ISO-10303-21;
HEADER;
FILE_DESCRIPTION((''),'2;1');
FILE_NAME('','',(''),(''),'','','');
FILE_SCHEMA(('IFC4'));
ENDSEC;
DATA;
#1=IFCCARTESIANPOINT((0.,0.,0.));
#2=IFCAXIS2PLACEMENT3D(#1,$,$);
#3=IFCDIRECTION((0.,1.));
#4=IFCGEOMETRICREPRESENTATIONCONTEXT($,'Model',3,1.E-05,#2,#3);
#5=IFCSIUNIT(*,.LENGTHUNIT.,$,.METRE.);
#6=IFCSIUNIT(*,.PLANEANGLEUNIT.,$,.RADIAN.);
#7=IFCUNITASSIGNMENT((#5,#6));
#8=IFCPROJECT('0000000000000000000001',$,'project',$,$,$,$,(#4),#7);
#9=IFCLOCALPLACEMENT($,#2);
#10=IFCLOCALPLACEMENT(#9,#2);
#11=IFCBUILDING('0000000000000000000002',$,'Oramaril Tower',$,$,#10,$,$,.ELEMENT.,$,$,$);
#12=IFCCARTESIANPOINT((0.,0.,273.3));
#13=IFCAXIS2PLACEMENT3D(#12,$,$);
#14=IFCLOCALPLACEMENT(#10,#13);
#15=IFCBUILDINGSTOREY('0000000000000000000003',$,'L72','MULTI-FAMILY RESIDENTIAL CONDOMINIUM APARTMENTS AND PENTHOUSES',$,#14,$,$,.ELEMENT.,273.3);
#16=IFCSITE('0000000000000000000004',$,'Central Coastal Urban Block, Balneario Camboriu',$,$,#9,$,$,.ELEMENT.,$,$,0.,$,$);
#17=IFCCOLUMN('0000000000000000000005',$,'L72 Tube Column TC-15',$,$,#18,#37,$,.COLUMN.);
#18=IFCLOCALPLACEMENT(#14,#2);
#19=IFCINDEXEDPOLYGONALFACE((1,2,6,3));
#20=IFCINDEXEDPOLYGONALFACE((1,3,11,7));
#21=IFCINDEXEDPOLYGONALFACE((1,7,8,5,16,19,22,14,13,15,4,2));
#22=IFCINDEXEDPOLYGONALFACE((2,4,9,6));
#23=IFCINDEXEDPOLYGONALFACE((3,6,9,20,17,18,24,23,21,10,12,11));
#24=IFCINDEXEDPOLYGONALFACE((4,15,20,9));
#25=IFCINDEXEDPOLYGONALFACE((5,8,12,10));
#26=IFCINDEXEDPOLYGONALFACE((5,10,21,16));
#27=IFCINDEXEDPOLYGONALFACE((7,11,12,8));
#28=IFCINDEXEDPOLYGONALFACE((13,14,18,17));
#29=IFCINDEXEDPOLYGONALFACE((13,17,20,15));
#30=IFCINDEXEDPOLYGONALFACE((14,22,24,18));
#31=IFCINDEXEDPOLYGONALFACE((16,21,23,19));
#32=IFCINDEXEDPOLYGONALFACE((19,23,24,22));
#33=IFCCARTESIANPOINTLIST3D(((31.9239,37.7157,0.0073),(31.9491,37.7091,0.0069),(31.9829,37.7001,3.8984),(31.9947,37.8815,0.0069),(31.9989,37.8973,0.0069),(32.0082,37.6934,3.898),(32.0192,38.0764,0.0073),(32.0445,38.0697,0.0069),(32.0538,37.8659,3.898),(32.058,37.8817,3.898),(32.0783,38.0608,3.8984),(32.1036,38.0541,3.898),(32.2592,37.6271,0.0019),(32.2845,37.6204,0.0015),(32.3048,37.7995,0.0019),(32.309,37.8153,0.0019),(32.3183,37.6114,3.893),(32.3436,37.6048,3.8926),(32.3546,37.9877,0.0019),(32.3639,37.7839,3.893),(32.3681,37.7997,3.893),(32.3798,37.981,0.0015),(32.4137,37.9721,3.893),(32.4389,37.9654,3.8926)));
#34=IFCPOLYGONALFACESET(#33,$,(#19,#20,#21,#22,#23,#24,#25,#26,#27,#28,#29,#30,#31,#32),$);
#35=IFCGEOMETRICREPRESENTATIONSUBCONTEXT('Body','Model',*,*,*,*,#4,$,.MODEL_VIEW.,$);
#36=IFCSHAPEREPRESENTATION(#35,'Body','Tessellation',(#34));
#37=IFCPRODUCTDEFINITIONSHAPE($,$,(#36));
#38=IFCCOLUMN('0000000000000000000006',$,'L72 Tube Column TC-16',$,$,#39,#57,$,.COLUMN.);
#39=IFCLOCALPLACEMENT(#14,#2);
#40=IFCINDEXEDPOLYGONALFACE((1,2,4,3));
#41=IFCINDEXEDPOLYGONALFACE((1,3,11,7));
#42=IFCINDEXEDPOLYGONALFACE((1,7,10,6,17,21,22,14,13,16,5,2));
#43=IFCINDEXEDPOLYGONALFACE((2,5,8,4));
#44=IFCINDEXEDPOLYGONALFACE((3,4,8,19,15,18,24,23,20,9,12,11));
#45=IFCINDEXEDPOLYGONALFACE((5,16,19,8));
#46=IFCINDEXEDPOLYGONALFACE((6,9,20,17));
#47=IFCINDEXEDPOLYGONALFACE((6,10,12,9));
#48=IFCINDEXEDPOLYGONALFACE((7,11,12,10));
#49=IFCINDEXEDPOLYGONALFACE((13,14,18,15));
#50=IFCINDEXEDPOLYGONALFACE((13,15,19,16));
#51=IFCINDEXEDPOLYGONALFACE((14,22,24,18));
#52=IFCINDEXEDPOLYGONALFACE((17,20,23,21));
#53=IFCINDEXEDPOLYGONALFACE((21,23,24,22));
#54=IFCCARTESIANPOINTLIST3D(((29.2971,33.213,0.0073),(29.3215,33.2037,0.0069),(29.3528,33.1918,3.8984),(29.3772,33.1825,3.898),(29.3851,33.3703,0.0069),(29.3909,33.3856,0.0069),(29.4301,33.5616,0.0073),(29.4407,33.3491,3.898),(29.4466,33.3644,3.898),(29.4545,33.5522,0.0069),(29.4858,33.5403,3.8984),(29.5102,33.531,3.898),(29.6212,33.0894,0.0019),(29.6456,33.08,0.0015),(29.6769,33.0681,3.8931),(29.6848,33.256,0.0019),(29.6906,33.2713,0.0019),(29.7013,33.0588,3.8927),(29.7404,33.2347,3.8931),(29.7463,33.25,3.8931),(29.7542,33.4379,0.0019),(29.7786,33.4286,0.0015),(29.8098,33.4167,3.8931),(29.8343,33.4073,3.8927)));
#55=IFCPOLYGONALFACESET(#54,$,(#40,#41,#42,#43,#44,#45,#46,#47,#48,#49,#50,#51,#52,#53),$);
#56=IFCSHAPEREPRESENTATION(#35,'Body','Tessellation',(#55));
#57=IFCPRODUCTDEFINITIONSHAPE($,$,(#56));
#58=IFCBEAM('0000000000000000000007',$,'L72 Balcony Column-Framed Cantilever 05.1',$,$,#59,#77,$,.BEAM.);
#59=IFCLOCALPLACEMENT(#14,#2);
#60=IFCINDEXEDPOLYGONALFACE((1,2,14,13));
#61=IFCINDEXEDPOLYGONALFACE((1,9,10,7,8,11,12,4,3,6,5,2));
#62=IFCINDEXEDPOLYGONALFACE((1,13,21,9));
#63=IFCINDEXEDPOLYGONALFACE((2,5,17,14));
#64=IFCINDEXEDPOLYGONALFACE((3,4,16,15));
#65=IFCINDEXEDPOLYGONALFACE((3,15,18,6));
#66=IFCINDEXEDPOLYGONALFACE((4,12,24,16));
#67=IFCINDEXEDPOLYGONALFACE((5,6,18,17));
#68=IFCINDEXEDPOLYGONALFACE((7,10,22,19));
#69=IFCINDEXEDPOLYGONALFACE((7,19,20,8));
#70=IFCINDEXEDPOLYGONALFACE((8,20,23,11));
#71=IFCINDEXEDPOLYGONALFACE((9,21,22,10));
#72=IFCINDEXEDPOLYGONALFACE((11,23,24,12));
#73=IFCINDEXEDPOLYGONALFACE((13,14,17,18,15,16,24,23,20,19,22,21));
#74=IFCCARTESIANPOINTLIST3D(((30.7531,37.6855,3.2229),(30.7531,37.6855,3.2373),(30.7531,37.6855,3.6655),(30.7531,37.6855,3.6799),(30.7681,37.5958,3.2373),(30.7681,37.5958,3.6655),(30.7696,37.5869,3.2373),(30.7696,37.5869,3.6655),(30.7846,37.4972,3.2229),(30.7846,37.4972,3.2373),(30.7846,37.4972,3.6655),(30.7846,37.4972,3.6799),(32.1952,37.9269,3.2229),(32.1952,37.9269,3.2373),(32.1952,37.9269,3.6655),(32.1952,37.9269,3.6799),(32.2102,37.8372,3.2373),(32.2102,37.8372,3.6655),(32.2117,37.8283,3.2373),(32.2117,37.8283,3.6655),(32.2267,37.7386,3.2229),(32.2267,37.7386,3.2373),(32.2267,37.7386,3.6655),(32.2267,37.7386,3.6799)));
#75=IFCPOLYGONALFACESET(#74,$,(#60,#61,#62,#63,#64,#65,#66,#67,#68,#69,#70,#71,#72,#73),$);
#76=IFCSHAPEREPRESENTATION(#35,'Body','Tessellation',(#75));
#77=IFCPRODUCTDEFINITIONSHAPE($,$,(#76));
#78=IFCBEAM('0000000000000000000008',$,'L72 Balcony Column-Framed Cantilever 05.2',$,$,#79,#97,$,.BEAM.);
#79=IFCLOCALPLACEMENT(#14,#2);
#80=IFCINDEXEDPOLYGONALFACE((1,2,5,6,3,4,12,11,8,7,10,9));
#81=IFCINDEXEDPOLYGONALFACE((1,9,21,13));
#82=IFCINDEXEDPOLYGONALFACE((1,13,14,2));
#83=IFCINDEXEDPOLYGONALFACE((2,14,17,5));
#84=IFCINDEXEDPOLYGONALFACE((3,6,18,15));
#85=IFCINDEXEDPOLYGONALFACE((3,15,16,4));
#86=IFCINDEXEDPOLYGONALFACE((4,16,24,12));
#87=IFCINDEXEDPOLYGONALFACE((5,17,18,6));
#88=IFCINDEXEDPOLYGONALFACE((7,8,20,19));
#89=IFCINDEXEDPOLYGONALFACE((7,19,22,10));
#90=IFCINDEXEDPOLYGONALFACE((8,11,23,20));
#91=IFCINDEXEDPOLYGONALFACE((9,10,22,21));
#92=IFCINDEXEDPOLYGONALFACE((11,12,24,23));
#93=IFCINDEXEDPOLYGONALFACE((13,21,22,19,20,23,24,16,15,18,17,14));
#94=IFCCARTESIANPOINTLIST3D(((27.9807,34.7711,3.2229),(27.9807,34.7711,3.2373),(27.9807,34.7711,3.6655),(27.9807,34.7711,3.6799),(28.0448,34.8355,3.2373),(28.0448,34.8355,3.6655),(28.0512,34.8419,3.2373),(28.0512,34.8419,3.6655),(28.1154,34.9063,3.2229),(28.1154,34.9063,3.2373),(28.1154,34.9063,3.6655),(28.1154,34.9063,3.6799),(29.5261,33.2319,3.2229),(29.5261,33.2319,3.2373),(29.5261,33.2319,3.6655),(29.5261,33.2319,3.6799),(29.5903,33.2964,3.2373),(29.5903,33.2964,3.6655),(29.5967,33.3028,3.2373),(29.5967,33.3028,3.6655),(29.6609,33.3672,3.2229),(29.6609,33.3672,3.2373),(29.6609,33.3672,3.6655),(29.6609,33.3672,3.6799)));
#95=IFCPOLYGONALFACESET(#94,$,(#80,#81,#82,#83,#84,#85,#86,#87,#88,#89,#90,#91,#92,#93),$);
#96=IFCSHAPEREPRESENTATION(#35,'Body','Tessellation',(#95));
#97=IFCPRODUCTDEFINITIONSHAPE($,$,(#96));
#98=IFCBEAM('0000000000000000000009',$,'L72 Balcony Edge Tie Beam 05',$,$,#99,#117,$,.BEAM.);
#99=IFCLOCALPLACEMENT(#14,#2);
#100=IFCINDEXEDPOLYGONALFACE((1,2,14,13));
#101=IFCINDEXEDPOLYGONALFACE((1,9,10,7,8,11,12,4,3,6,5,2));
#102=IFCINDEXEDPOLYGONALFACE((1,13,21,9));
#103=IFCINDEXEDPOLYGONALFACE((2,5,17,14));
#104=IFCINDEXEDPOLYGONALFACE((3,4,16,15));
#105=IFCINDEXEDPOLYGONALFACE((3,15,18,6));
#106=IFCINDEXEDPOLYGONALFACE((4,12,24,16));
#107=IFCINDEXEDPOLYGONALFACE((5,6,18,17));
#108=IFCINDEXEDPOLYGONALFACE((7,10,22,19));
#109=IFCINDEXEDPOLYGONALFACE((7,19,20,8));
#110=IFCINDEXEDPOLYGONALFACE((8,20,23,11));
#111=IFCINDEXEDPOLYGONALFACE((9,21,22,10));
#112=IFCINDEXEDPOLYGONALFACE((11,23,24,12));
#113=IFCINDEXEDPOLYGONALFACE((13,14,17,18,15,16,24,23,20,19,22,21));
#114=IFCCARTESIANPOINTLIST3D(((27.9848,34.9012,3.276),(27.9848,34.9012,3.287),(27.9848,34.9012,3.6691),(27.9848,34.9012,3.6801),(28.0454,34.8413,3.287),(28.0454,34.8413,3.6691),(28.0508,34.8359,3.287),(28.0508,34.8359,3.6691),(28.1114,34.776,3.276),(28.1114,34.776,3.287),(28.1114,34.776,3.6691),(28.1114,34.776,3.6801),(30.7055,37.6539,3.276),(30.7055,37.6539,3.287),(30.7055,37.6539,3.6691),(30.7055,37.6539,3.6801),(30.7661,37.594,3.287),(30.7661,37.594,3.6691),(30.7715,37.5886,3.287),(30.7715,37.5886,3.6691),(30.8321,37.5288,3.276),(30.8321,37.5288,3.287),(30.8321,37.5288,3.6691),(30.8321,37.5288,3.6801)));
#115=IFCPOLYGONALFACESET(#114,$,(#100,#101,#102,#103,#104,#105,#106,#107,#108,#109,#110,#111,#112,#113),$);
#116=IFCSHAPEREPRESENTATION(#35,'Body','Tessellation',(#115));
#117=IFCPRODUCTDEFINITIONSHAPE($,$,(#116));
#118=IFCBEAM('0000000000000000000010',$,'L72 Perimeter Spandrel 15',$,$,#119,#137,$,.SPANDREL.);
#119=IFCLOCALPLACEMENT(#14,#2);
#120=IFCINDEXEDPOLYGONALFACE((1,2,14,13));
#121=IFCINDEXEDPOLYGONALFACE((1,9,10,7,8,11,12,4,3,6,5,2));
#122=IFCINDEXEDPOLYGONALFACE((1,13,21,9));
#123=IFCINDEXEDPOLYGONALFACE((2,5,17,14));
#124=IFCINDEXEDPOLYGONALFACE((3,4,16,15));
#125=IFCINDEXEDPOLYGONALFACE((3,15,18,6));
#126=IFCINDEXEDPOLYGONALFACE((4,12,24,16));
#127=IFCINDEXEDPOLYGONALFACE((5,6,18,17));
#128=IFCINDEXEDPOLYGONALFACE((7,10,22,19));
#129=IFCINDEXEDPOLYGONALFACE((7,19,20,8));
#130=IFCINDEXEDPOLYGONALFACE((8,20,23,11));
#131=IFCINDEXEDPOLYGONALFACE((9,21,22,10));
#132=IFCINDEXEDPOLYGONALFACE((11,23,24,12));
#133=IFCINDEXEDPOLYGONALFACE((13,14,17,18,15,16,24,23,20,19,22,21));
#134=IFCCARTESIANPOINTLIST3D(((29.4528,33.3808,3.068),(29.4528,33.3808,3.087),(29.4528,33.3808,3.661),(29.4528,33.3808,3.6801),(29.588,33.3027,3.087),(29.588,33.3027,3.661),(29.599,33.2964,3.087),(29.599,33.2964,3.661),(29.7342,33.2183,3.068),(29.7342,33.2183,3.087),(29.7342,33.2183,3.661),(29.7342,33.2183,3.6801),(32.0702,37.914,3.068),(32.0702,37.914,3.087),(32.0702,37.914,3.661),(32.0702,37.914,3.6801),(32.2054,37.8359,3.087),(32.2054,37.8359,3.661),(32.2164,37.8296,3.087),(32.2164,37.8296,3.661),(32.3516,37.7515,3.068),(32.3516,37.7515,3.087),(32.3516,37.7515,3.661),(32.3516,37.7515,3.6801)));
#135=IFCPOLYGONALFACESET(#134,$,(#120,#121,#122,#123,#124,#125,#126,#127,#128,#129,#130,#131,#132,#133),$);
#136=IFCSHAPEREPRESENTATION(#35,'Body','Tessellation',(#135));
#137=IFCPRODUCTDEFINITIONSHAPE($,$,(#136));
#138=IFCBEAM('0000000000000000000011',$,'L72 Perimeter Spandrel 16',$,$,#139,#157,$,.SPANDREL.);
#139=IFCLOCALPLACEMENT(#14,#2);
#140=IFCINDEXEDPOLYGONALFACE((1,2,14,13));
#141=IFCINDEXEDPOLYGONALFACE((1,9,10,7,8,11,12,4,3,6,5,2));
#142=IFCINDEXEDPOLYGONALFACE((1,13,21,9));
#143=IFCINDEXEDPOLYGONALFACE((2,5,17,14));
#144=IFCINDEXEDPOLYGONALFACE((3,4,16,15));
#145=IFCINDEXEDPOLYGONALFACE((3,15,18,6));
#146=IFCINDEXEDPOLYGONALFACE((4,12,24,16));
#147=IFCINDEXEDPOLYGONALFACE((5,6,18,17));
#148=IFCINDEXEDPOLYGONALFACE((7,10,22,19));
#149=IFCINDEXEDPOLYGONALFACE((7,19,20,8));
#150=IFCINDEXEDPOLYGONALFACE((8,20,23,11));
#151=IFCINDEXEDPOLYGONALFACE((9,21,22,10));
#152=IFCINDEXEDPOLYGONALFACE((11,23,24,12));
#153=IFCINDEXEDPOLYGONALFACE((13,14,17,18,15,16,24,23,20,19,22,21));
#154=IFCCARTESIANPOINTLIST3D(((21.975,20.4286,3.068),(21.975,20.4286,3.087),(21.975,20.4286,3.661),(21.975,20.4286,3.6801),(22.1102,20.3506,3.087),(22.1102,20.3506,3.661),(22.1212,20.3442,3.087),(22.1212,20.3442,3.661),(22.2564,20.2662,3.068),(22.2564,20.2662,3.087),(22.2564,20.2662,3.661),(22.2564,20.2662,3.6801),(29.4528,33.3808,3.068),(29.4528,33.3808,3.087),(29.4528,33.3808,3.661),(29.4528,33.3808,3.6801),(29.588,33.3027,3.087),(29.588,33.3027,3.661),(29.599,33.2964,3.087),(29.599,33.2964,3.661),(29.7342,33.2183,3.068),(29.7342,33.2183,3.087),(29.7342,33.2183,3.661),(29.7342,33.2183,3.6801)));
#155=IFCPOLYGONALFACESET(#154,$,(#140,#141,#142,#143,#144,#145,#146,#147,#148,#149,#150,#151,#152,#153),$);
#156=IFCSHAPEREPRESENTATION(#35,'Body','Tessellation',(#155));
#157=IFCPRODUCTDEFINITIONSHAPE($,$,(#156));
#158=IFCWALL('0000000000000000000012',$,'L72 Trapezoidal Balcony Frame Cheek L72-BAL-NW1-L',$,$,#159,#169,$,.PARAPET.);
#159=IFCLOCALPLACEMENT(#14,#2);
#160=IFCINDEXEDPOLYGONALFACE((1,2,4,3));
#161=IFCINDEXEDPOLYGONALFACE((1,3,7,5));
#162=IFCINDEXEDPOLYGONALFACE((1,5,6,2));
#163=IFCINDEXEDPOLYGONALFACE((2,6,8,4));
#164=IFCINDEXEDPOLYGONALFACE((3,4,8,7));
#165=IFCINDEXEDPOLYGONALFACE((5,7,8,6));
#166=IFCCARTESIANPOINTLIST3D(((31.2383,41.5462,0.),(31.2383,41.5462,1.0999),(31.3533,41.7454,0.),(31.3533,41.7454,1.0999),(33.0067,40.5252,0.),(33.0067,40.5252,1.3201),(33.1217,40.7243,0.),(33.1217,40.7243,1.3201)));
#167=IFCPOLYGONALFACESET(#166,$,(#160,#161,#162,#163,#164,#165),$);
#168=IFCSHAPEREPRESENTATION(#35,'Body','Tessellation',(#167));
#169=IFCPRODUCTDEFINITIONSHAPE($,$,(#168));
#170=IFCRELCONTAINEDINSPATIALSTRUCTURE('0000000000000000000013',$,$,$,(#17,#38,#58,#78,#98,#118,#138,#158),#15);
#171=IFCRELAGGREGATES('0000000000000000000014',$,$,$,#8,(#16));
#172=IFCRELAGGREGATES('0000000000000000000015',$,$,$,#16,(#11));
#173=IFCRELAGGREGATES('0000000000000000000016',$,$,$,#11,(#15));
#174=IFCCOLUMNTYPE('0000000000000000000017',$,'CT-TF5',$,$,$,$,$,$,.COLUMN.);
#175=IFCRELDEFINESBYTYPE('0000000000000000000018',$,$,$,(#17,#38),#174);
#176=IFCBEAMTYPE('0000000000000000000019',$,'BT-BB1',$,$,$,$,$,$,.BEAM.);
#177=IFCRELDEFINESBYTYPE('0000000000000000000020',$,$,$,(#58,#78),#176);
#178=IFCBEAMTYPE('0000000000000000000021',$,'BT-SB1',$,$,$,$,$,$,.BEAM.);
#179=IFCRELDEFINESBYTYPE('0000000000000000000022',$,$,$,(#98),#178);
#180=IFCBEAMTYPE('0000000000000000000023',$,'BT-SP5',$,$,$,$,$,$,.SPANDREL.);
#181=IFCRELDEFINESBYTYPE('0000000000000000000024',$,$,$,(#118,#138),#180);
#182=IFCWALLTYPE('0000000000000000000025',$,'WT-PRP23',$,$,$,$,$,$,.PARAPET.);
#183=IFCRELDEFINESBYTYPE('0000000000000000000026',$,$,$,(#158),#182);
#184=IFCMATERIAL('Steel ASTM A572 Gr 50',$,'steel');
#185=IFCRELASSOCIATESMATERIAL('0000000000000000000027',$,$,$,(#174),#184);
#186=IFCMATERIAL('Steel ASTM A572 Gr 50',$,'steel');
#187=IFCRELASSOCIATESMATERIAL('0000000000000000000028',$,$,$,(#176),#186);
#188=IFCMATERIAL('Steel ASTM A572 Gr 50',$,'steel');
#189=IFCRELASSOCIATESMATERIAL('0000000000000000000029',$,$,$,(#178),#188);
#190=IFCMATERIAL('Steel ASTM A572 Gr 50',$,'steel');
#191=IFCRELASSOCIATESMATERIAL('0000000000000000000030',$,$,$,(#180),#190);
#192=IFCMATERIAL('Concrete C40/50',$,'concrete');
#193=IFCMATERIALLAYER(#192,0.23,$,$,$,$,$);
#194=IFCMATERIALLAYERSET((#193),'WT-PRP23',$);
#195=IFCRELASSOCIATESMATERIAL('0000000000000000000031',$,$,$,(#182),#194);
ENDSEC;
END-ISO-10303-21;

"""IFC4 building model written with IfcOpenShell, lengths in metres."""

from ifc_helpers import new_model, si_unit, direction, frame, origin, origin_2d, place, context, subcontext, project, spatial, polyline, i_section, outline, extrude, material, layer, layer_set, material_profile, profile_set, type_object, element, save


model = new_model("IFC4")

# Units and contexts
model_context = context("Model", 3, precision=1e-05, world=origin(), true_north=direction((0.0, 1.0)))
body_context = subcontext(model_context, "Body", "Model", "MODEL_VIEW")
ifc_project = project(units=[si_unit("LENGTHUNIT", "METRE"), si_unit("PLANEANGLEUNIT", "RADIAN")], contexts=[model_context])

# Site, building, storey
site_placement = place(None, origin())
site = spatial("IfcSite", under=ifc_project, at=site_placement, Name="Central Coastal Urban Block, Balneario Camboriu", CompositionType="ELEMENT", RefElevation=0.0)
building_placement = place(site_placement, origin())
building = spatial("IfcBuilding", under=site, at=building_placement, Name="Oramaril Tower", CompositionType="ELEMENT")
storey_placement = place(building_placement, frame((0.0, 0.0, 273.3)))
storey = spatial("IfcBuildingStorey", under=building, at=storey_placement, Name="L72", Description="MULTI-FAMILY RESIDENTIAL CONDOMINIUM APARTMENTS AND PENTHOUSES", CompositionType="ELEMENT", Elevation=273.3)

# Columns
ifc_material_1 = material(Name="Steel ASTM A572 Gr 50", Category="steel")
ifc_material_profile_1 = material_profile(ifc_material_1, i_section(OverallWidth=0.373, OverallDepth=0.373, WebThickness=0.0164, FlangeThickness=0.0261, at=origin_2d()), Name="W14X132")
ifc_profile_set_1 = profile_set([ifc_material_profile_1], Name="Steel ASTM A572 Gr 50")
column_type = type_object("IfcColumnType", Name="CT-TF5", PredefinedType="COLUMN", material=ifc_profile_set_1)
for number, where, z_axis, x_axis, name in (
    (1, (32.1519, 37.8484, 0.0044), (0.015182, -0.004015, 0.999877), (0.255673, 0.966763, 0.0), "L72 Tube Column TC-15"),
    (2, (29.5378, 33.3208, 0.0044), (0.014304, -0.005458, 0.999883), (0.356506, 0.934293, 0.0), "L72 Tube Column TC-16"),
):
    element("IfcColumn", number, at=place(storey_placement, frame(where, z_axis=z_axis, x_axis=x_axis)), inside=storey, type_object=column_type, Name=name, PredefinedType="COLUMN", context=body_context, shape_type="SweptSolid", body=[
        extrude(i_section(OverallWidth=0.373, OverallDepth=0.373, WebThickness=0.0164, FlangeThickness=0.0261, at=origin_2d()), origin(), (0.0, 0.0, 1.0), 3.8916),
    ])

# Beams
ifc_material_2 = material(Name="Steel ASTM A572 Gr 50", Category="steel")
ifc_material_profile_2 = material_profile(ifc_material_2, i_section(OverallWidth=0.1909, OverallDepth=0.457, WebThickness=0.009, FlangeThickness=0.0144, at=origin_2d()), Name="W18X50")
ifc_profile_set_2 = profile_set([ifc_material_profile_2], Name="Steel ASTM A572 Gr 50")
beam_type_1 = type_object("IfcBeamType", Name="BT-BB1", PredefinedType="BEAM", material=ifc_profile_set_2)
beam_1_placement = place(storey_placement, frame((32.2109, 37.8328, 3.4514), z_axis=(-0.986272, -0.16513, 0.0), x_axis=(0.16513, -0.986272, 0.0)))
element("IfcBeam", 3, at=beam_1_placement, inside=storey, type_object=beam_type_1, Name="L72 Balcony Column-Framed Cantilever 05.1", PredefinedType="BEAM", context=body_context, shape_type="SweptSolid", body=[
    extrude(i_section(OverallWidth=0.1909, OverallDepth=0.457, WebThickness=0.009, FlangeThickness=0.0144, at=origin_2d()), origin(), (0.0, 0.0, 1.0), 1.4622),
])
beam_2_placement = place(storey_placement, frame((29.5935, 33.2996, 3.4514), z_axis=(-0.70856, 0.70565, 0.0), x_axis=(-0.70565, -0.70856, 0.0)))
element("IfcBeam", 4, at=beam_2_placement, inside=storey, type_object=beam_type_1, Name="L72 Balcony Column-Framed Cantilever 05.2", PredefinedType="BEAM", context=body_context, shape_type="SweptSolid", body=[
    extrude(i_section(OverallWidth=0.1909, OverallDepth=0.457, WebThickness=0.009, FlangeThickness=0.0144, at=origin_2d()), origin(), (0.0, 0.0, 1.0), 2.1812),
])
ifc_material_3 = material(Name="Steel ASTM A572 Gr 50", Category="steel")
ifc_material_profile_3 = material_profile(ifc_material_3, i_section(OverallWidth=0.178, OverallDepth=0.4041, WebThickness=0.0076, FlangeThickness=0.011, at=origin_2d()), Name="W16X36")
ifc_profile_set_3 = profile_set([ifc_material_profile_3], Name="Steel ASTM A572 Gr 50")
beam_type_2 = type_object("IfcBeamType", Name="BT-SB1", PredefinedType="BEAM", material=ifc_profile_set_3)
beam_3_placement = place(storey_placement, frame((30.7688, 37.5913, 3.478), z_axis=(-0.702963, -0.711226, 0.0), x_axis=(0.711226, -0.702963, 0.0)))
element("IfcBeam", 5, at=beam_3_placement, inside=storey, type_object=beam_type_2, Name="L72 Balcony Edge Tie Beam 05", PredefinedType="BEAM", context=body_context, shape_type="SweptSolid", body=[
    extrude(i_section(OverallWidth=0.178, OverallDepth=0.4041, WebThickness=0.0076, FlangeThickness=0.011, at=origin_2d()), origin(), (0.0, 0.0, 1.0), 3.8704),
])
ifc_material_4 = material(Name="Steel ASTM A572 Gr 50", Category="steel")
ifc_material_profile_4 = material_profile(ifc_material_4, i_section(OverallWidth=0.325, OverallDepth=0.6121, WebThickness=0.0127, FlangeThickness=0.019, at=origin_2d()), Name="W24X104")
ifc_profile_set_4 = profile_set([ifc_material_profile_4], Name="Steel ASTM A572 Gr 50")
beam_type_3 = type_object("IfcBeamType", Name="BT-SP5", PredefinedType="SPANDREL", material=ifc_profile_set_4)
beam_4_placement = place(storey_placement, frame((32.2109, 37.8328, 3.374), z_axis=(-0.500027, -0.86601, 0.0), x_axis=(0.86601, -0.500027, 0.0)))
element("IfcBeam", 6, at=beam_4_placement, inside=storey, type_object=beam_type_3, Name="L72 Perimeter Spandrel 15", PredefinedType="SPANDREL", context=body_context, shape_type="SweptSolid", body=[
    extrude(i_section(OverallWidth=0.325, OverallDepth=0.6121, WebThickness=0.0127, FlangeThickness=0.019, at=origin_2d()), origin(), (0.0, 0.0, 1.0), 5.2346),
])
beam_5_placement = place(storey_placement, frame((29.5935, 33.2996, 3.374), z_axis=(-0.499993, -0.86603, 0.0), x_axis=(0.86603, -0.499993, 0.0)))
element("IfcBeam", 7, at=beam_5_placement, inside=storey, type_object=beam_type_3, Name="L72 Perimeter Spandrel 16", PredefinedType="SPANDREL", context=body_context, shape_type="SweptSolid", body=[
    extrude(i_section(OverallWidth=0.325, OverallDepth=0.6121, WebThickness=0.0127, FlangeThickness=0.019, at=origin_2d()), origin(), (0.0, 0.0, 1.0), 14.9558),
])

# Wall
ifc_material_5 = material(Name="Concrete C40/50", Category="concrete")
ifc_layer_1 = layer(ifc_material_5, 0.23)
ifc_layer_set_1 = layer_set([ifc_layer_1], Name="WT-PRP23")
wall_type_1 = type_object("IfcWallType", Name="WT-PRP23", PredefinedType="PARAPET", material=ifc_layer_set_1)
wall_1_placement = place(storey_placement, frame((33.0642, 40.6248, 0.0), z_axis=(0.0, 0.0, 1.0), x_axis=(-0.866012, 0.500023, 0.0)))
element("IfcWall", 8, at=wall_1_placement, inside=storey, type_object=wall_type_1, Name="L72 Trapezoidal Balcony Frame Cheek L72-BAL-NW1-L", PredefinedType="PARAPET", context=body_context, shape_type="SweptSolid", body=[
    extrude(outline(polyline([(0.0, 0.0), (2.042, 0.0), (2.042, 1.0999), (0.0, 1.3201), (0.0, 0.0)])), frame((0.0, 0.115, 0.0), z_axis=(0.0, -1.0, 0.0), x_axis=(1.0, 0.0, 0.0)), (0.0, 0.0, 1.0), 0.23),
])

save(model, "model.ifc")
